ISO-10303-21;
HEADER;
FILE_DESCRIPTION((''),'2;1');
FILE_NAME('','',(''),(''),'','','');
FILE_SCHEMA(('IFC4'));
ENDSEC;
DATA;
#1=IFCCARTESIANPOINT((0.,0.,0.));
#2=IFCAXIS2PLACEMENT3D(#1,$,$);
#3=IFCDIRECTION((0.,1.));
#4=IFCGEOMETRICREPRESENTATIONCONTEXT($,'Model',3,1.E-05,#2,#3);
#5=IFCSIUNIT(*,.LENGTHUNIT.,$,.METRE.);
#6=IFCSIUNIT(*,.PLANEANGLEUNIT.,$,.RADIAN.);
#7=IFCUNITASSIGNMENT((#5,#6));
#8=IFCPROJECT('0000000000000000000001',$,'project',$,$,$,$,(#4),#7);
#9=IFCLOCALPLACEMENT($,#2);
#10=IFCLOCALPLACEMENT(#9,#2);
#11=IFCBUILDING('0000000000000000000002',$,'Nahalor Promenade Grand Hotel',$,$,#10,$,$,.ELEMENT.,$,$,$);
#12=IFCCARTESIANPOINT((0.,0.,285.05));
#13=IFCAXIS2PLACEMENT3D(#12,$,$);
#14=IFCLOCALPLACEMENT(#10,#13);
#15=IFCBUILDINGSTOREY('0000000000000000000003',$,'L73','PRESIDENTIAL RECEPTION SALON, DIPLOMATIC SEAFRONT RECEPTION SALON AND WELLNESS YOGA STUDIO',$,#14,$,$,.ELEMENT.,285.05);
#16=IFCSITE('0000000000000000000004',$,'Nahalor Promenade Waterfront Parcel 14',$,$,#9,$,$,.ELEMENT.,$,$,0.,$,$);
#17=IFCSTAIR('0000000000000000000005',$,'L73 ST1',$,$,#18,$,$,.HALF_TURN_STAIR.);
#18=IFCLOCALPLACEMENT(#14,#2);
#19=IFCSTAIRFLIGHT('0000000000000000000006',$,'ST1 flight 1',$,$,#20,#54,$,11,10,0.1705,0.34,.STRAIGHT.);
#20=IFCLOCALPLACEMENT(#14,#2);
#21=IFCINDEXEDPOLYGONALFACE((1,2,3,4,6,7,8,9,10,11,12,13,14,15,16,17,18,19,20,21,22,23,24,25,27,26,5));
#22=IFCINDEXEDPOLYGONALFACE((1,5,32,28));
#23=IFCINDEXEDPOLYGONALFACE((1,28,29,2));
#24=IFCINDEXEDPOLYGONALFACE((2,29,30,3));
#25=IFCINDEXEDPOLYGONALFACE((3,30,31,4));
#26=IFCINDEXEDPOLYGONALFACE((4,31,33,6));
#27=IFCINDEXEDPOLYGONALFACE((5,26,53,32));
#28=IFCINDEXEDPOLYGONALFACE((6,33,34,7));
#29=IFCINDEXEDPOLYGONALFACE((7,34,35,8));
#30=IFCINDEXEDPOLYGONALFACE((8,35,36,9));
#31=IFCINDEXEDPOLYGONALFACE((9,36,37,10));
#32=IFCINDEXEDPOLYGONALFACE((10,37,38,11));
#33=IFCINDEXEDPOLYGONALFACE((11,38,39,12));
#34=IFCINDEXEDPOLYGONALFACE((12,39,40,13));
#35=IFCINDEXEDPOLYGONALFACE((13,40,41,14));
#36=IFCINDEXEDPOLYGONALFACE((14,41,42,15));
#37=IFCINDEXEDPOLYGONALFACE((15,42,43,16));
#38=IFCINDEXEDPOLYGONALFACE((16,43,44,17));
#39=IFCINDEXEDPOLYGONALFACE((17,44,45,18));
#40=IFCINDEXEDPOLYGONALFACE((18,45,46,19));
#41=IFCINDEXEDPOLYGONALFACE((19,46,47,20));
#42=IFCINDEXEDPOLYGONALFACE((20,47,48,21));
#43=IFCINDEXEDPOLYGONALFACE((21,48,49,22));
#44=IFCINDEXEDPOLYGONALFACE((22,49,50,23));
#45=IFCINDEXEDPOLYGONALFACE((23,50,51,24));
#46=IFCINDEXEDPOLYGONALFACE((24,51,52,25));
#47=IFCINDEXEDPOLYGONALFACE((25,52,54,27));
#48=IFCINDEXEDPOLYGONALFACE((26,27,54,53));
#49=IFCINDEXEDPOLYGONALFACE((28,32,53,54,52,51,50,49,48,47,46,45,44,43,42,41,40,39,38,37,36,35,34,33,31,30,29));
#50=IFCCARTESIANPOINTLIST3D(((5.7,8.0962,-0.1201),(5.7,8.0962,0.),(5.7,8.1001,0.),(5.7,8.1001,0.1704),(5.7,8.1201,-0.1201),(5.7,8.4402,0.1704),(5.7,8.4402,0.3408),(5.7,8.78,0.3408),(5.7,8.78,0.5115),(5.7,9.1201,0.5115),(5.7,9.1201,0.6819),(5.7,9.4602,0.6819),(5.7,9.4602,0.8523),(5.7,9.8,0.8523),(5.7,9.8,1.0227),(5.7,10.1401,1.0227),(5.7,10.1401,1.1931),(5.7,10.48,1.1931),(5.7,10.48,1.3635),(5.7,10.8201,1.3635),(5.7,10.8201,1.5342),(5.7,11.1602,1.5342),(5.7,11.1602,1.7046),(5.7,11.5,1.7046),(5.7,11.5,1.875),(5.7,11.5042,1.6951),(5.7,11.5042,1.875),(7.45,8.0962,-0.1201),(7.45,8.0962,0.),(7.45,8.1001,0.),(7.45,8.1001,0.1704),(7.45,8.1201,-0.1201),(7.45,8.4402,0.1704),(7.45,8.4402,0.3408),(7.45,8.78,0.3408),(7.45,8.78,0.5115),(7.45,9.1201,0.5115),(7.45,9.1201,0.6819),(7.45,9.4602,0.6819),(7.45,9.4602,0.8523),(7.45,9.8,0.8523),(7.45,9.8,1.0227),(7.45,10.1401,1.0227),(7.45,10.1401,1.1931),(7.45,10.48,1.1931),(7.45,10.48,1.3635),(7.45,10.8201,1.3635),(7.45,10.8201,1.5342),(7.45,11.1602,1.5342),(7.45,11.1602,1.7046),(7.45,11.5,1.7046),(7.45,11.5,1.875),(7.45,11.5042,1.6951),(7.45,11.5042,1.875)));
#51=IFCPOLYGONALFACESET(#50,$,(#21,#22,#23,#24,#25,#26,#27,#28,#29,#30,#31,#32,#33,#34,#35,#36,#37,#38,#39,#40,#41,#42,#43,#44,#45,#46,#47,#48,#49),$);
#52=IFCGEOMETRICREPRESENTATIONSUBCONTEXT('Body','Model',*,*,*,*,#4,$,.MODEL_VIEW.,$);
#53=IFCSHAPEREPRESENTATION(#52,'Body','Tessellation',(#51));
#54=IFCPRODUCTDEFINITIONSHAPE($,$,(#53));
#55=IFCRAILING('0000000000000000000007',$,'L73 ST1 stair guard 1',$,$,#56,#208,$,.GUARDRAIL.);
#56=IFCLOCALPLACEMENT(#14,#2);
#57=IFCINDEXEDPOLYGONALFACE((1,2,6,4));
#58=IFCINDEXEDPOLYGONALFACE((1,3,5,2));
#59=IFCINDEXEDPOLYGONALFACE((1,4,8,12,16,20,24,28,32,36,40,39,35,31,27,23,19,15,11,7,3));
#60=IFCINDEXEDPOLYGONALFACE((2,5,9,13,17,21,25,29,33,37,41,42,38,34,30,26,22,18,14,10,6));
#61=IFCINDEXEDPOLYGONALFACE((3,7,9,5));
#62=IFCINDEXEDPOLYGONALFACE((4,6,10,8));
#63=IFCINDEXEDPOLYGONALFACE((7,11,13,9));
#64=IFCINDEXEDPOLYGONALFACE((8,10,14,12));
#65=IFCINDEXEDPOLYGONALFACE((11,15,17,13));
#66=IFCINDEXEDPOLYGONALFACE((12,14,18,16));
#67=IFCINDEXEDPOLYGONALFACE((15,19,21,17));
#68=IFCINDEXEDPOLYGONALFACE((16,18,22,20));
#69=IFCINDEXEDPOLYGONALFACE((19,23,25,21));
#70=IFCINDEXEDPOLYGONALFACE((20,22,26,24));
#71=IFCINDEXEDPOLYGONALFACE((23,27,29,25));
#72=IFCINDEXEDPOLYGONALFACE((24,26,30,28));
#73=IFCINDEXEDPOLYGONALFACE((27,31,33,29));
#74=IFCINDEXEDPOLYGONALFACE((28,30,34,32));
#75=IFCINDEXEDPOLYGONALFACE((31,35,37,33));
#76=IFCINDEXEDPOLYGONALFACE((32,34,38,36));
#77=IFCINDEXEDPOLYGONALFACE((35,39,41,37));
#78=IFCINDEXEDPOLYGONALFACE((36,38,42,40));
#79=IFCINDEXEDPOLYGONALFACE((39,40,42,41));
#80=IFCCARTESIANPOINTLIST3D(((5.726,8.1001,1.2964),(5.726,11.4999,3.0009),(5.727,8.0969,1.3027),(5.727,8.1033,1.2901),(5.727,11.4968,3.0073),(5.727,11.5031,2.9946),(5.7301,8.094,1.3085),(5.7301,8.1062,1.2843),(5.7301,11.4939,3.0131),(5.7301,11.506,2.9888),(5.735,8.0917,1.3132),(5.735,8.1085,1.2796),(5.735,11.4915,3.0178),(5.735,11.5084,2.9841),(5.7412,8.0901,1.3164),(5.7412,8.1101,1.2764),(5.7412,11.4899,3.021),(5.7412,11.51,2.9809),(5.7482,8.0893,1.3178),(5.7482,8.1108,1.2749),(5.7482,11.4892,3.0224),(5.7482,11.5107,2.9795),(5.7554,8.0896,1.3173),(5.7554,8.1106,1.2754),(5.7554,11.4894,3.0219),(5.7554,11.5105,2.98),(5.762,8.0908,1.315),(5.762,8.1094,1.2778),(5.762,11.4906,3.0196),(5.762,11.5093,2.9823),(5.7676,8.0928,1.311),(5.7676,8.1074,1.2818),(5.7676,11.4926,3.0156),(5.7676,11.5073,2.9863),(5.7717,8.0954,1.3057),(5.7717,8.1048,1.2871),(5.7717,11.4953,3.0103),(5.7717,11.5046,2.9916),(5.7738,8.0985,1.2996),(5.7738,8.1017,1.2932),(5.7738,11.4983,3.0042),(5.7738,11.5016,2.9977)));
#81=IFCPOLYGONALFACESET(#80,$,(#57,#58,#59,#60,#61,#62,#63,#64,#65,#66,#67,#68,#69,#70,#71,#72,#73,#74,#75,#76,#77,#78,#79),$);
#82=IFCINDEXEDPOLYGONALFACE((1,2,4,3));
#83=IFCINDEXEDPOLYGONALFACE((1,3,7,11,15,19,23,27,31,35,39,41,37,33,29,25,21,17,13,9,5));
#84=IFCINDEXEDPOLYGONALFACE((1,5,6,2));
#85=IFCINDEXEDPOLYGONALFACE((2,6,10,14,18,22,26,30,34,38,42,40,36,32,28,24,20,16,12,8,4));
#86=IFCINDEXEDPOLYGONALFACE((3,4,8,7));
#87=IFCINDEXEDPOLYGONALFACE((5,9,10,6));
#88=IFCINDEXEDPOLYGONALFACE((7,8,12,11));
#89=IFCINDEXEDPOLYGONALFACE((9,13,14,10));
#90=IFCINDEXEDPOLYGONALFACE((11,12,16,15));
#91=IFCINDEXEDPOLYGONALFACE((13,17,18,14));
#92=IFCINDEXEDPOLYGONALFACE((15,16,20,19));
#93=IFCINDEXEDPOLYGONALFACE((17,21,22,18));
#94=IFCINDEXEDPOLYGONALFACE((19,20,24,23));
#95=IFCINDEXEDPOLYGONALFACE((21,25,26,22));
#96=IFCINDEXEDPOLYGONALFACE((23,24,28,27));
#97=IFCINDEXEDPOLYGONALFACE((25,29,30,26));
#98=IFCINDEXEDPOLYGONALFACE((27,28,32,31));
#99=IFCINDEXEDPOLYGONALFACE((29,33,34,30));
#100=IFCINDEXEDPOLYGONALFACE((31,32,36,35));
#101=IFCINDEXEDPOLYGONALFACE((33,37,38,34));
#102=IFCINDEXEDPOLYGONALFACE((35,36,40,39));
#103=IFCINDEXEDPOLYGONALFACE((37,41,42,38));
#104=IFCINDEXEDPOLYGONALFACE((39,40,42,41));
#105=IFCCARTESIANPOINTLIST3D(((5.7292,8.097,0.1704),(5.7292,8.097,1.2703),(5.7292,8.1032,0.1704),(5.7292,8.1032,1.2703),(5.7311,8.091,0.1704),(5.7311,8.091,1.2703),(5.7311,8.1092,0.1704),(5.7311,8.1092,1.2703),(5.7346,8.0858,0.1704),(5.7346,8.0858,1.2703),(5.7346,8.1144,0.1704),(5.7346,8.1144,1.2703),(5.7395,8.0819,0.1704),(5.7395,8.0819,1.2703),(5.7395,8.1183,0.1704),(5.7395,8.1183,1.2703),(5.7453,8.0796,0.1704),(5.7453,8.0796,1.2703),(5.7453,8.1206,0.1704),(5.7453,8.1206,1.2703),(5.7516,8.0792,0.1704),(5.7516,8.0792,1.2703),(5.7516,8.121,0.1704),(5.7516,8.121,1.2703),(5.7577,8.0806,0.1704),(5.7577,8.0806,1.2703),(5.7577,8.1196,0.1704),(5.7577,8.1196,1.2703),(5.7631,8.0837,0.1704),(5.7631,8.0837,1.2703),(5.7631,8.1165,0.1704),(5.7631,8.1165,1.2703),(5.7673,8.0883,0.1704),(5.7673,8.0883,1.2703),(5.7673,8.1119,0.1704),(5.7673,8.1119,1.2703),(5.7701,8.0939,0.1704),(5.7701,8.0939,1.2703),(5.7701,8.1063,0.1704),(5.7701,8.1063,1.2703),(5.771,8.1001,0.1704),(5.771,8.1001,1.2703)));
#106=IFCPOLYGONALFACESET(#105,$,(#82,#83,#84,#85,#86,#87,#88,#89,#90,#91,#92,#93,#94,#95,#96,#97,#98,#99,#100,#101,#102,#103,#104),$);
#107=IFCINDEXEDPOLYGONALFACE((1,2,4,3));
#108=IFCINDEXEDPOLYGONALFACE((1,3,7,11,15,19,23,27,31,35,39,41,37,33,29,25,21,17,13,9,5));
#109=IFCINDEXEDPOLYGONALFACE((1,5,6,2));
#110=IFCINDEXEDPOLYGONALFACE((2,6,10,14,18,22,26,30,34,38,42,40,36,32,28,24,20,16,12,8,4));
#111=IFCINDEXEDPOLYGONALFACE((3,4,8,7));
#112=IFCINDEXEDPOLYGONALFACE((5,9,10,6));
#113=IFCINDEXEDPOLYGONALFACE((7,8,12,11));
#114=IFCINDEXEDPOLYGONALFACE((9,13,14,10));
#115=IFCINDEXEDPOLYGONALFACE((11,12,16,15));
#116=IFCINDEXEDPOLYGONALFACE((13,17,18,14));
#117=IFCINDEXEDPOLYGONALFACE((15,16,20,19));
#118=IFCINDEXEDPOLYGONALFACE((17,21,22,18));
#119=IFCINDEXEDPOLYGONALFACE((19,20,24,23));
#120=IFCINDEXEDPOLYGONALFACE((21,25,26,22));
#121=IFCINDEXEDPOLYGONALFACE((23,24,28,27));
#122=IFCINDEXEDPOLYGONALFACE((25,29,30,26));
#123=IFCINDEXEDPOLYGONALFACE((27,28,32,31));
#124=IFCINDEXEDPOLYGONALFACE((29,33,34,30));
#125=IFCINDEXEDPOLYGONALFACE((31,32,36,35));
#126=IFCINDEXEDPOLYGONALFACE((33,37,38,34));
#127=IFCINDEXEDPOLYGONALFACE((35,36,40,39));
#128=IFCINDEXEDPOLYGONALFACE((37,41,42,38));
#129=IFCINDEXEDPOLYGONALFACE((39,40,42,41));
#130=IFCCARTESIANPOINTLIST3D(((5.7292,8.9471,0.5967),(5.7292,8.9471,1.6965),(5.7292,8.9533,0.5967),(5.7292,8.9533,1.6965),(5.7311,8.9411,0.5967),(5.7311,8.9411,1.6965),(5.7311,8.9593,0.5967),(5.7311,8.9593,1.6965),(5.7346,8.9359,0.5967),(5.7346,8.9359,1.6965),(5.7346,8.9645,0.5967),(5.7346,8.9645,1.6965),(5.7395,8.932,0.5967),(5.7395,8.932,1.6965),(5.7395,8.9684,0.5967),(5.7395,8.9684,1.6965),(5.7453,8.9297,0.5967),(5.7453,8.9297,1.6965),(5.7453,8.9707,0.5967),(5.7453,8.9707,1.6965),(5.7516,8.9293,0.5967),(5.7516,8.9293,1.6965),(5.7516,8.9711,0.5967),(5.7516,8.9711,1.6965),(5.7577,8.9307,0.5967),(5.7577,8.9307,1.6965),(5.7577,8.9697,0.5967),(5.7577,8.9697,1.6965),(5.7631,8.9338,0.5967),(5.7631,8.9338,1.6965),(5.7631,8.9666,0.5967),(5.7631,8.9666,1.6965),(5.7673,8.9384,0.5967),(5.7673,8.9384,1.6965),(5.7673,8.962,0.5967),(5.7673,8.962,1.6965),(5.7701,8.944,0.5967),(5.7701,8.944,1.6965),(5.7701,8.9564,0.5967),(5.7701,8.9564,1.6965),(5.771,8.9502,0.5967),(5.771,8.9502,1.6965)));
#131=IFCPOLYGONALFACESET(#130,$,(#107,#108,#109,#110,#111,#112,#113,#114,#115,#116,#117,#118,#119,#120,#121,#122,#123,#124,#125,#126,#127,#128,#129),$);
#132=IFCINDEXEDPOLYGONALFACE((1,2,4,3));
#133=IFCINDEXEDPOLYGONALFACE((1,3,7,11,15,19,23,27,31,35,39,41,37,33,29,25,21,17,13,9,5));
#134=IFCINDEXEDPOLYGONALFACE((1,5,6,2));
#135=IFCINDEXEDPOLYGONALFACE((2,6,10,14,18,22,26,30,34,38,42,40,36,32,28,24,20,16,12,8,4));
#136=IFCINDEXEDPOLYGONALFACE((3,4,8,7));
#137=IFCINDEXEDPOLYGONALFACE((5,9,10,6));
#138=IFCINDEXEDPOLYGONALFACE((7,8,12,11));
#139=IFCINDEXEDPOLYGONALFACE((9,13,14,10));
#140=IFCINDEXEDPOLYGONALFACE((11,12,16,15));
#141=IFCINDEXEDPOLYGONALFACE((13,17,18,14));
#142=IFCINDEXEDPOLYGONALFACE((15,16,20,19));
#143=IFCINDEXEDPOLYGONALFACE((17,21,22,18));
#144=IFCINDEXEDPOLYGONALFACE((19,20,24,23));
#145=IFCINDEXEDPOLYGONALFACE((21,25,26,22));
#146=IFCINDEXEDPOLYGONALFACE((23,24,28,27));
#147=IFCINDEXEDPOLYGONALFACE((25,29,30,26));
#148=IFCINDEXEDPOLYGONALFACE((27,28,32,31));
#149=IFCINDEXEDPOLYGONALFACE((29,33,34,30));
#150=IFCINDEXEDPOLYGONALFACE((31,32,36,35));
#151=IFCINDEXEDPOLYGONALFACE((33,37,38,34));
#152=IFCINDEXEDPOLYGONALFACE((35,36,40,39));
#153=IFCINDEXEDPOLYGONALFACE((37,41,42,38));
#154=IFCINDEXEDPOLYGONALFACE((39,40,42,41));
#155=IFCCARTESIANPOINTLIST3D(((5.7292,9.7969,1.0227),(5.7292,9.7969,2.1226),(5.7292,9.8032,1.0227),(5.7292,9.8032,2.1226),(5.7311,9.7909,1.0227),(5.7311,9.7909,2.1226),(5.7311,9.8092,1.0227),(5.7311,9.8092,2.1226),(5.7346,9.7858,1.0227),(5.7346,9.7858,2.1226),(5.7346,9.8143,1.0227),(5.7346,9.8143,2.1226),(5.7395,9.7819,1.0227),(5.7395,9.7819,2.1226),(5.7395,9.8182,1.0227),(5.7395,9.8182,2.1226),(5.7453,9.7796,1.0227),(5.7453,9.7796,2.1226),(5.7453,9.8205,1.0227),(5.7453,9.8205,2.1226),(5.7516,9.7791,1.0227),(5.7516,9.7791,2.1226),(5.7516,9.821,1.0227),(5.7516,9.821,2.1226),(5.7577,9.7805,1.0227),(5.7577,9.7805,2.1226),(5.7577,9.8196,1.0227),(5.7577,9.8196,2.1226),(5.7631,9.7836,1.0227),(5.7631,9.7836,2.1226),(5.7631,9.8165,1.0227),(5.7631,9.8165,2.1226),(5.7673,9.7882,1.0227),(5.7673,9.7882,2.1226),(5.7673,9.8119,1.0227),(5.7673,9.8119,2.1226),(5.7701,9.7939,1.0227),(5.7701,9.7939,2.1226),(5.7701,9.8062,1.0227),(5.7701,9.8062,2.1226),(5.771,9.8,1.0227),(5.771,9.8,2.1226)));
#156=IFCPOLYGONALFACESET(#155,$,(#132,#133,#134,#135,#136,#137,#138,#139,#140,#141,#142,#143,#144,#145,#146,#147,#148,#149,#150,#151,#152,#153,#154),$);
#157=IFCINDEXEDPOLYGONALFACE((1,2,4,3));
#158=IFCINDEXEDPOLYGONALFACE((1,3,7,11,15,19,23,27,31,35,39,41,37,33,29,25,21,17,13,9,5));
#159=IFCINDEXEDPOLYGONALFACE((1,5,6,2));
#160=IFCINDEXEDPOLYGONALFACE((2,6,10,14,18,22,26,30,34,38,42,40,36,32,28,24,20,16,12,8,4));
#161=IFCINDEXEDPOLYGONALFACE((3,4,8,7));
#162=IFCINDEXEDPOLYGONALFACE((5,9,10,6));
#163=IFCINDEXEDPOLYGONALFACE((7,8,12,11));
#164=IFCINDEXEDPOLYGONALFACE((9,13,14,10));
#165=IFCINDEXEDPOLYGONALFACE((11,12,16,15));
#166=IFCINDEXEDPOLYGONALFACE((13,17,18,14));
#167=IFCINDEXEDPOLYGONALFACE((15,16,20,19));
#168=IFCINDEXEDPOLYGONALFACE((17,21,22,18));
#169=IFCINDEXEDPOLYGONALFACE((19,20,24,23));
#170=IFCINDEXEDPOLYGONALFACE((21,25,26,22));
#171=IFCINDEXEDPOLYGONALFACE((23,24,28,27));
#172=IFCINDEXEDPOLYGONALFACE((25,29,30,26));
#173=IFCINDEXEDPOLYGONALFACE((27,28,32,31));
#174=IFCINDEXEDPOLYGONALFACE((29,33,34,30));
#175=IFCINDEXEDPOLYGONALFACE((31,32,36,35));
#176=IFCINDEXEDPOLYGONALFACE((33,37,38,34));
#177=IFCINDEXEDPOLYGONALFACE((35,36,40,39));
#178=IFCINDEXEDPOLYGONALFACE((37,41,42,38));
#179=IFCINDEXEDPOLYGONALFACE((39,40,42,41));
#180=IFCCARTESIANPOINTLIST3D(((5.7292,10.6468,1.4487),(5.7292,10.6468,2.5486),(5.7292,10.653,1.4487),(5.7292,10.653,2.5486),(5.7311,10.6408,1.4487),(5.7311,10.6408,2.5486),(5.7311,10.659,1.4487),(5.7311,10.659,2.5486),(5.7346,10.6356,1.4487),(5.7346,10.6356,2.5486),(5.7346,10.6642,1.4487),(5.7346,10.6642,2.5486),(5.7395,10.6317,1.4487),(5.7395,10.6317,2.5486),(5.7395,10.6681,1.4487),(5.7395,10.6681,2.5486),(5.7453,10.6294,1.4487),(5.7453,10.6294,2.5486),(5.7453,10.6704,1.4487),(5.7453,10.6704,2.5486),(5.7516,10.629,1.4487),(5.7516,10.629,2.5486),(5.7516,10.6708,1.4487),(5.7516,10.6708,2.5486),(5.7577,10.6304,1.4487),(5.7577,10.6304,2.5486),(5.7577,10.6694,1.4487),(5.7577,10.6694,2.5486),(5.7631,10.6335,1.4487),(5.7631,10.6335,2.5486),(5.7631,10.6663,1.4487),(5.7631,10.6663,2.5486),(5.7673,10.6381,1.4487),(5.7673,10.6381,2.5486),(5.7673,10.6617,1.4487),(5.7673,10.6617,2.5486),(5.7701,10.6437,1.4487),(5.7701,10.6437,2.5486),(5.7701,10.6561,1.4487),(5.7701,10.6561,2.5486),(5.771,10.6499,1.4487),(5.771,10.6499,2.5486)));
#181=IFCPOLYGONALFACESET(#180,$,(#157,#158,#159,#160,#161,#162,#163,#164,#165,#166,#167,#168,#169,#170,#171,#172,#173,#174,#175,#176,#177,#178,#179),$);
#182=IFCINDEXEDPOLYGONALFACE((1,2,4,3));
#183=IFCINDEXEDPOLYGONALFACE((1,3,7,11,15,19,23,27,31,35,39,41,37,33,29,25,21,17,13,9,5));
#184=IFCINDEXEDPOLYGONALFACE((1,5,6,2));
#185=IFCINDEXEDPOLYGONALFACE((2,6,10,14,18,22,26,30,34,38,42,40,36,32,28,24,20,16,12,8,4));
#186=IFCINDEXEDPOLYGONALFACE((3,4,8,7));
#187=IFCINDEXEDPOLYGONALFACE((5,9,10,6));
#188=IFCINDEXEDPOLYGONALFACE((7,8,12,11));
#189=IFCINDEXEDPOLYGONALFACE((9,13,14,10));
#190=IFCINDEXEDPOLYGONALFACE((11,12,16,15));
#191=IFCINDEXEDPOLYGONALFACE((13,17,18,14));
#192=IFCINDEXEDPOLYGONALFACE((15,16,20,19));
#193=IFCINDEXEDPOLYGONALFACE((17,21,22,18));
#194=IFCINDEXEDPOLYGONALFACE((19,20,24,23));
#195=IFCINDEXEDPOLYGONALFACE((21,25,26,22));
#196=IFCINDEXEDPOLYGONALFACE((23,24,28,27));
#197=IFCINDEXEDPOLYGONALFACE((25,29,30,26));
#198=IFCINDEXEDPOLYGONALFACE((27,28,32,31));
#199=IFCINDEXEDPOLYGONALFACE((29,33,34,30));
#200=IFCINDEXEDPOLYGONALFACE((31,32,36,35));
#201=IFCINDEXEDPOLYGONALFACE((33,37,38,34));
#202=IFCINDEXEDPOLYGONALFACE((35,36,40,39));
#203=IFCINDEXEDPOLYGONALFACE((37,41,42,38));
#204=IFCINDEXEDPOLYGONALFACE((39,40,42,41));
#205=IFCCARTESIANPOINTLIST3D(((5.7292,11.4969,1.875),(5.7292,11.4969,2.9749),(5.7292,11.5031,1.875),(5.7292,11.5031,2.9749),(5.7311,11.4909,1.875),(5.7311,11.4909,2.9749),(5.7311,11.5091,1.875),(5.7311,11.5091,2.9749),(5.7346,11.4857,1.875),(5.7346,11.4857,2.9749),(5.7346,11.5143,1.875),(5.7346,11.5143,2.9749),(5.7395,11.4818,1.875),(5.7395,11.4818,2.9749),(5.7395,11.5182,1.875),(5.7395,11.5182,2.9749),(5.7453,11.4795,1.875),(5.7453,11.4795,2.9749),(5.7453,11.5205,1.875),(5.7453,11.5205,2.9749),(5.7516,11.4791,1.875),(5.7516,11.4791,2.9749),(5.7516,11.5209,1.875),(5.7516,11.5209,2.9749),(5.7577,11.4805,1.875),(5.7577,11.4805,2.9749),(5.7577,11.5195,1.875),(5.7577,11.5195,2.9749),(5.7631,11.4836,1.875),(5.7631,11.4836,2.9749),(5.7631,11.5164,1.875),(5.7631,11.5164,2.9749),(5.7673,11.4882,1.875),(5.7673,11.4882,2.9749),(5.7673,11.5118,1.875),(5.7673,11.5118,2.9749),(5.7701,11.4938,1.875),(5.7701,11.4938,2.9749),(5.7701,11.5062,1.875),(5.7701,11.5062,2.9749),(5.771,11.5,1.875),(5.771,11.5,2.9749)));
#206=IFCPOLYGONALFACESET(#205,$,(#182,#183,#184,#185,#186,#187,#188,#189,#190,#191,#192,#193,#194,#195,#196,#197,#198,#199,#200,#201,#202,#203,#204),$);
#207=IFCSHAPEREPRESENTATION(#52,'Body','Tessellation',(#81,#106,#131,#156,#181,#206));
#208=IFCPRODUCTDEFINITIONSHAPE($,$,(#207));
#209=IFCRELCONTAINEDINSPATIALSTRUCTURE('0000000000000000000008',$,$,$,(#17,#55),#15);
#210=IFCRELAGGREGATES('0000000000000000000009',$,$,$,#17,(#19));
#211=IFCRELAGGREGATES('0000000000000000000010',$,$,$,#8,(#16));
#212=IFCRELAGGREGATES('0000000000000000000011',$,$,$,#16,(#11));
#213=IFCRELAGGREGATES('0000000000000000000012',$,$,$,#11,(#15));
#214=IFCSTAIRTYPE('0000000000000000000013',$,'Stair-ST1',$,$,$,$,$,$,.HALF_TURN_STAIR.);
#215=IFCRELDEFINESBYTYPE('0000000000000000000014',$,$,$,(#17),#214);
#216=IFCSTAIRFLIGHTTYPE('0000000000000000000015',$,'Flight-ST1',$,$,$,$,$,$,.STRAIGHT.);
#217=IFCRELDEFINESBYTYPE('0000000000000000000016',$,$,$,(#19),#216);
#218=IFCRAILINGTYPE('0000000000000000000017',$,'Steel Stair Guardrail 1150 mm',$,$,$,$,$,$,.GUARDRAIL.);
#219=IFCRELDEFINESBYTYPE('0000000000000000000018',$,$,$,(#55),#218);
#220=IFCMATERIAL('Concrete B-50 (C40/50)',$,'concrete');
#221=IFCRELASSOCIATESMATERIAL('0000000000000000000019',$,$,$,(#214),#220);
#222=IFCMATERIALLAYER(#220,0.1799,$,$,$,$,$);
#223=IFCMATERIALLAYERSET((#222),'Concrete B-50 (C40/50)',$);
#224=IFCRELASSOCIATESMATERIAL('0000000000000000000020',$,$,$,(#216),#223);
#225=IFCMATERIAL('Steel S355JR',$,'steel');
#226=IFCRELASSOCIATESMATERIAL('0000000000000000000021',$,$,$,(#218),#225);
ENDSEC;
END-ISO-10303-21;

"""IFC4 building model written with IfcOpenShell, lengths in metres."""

from ifc_helpers import new_model, si_unit, direction, frame, origin, origin_2d, place, context, subcontext, project, spatial, polyline, circle, outline, extrude, source, transform, mapped, material, layer, layer_set, type_object, element, aggregate, save


model = new_model("IFC4")

# Units and contexts
model_context = context("Model", 3, precision=1e-05, world=origin(), true_north=direction((0.0, 1.0)))
body_context = subcontext(model_context, "Body", "Model", "MODEL_VIEW")
ifc_project = project(units=[si_unit("LENGTHUNIT", "METRE"), si_unit("PLANEANGLEUNIT", "RADIAN")], contexts=[model_context])

# Site, building, storey
site_placement = place(None, origin())
site = spatial("IfcSite", under=ifc_project, at=site_placement, Name="Nahalor Promenade Waterfront Parcel 14", CompositionType="ELEMENT", RefElevation=0.0)
building_placement = place(site_placement, origin())
building = spatial("IfcBuilding", under=site, at=building_placement, Name="Nahalor Promenade Grand Hotel", CompositionType="ELEMENT")
storey_placement = place(building_placement, frame((0.0, 0.0, 285.05)))
storey = spatial("IfcBuildingStorey", under=building, at=storey_placement, Name="L73", Description="PRESIDENTIAL RECEPTION SALON, DIPLOMATIC SEAFRONT RECEPTION SALON AND WELLNESS YOGA STUDIO", CompositionType="ELEMENT", Elevation=285.05)

# Shared definitions
ifc_material_1 = material(Name="Steel S355JR", Category="steel")

# Shared definitions
ifc_material_2 = material(Name="Concrete B-50 (C40/50)", Category="concrete")

# Stair, stair flight
stair_type = type_object("IfcStairType", Name="Stair-ST1", PredefinedType="HALF_TURN_STAIR", material=ifc_material_2)
stair_placement = place(storey_placement, origin())
stair = element("IfcStair", 1, at=stair_placement, inside=storey, type_object=stair_type, Name="L73 ST1", PredefinedType="HALF_TURN_STAIR")
ifc_layer_1 = layer(ifc_material_2, 0.1799)
ifc_layer_set_1 = layer_set([ifc_layer_1], Name="Concrete B-50 (C40/50)")
stair_flight_type = type_object("IfcStairFlightType", Name="Flight-ST1", PredefinedType="STRAIGHT", material=ifc_layer_set_1)
shared_shape_1 = source(origin(), body_context, "Body", "SweptSolid", [
    extrude(outline(polyline([(-0.0039, -0.1201), (-0.0039, 0.0), (0.0, 0.0), (0.0, 0.1704), (0.3401, 0.1704), (0.3401, 0.3408), (0.6799, 0.3408), (0.6799, 0.5115), (1.02, 0.5115), (1.02, 0.6819), (1.3601, 0.6819), (1.3601, 0.8523), (1.7, 0.8523), (1.7, 1.0227), (2.04, 1.0227), (2.04, 1.1931), (2.3799, 1.1931), (2.3799, 1.3635), (2.72, 1.3635), (2.72, 1.5342), (3.0601, 1.5342), (3.0601, 1.7046), (3.3999, 1.7046), (3.3999, 1.875), (3.4041, 1.875), (3.4041, 1.6951), (0.02, -0.1201), (-0.0039, -0.1201)])), frame((0.0, 0.875, 0.0), z_axis=(0.0, -1.0, 0.0), x_axis=(1.0, 0.0, 0.0)), (0.0, 0.0, 1.0), 1.75),
])
stair_flight_placement = place(storey_placement, frame((6.575, 8.1001, 0.0), z_axis=(0.0, 0.0, 1.0), x_axis=(0.0, 1.0, 0.0)))
stair_flight = element("IfcStairFlight", 2, at=stair_flight_placement, type_object=stair_flight_type, Name="ST1 flight 1", NumberOfRisers=11, NumberOfTreads=10, PredefinedType="STRAIGHT", RiserHeight=0.1705, TreadLength=0.34, context=body_context, shape_type="MappedRepresentation", body=[
    mapped(shared_shape_1, transform((0.0, 0.0, 0.0), scale=1.0)),
])
aggregate(stair, [stair_flight])

# Railing
railing_type_1 = type_object("IfcRailingType", Name="Steel Stair Guardrail 1150 mm", PredefinedType="GUARDRAIL", material=ifc_material_1)
railing_1_placement = place(storey_placement, frame((5.75, 8.1001, 0.1704)))
element("IfcRailing", 3, at=railing_1_placement, inside=storey, type_object=railing_type_1, Name="L73 ST1 stair guard 1", PredefinedType="GUARDRAIL", context=body_context, shape_type="SweptSolid", body=[
    extrude(circle(Radius=0.024, at=origin_2d()), frame((0.0, 0.0, 1.126), z_axis=(0.0, 0.893939, 0.448189), x_axis=(-1.0, 0.0, 0.0)), (0.0, 0.0, 1.0), 3.8032),
    extrude(circle(Radius=0.021, at=origin_2d()), origin(), (0.0, 0.0, 1.0), 1.0999),
    extrude(circle(Radius=0.021, at=origin_2d()), frame((0.0, 0.8501, 0.4263)), (0.0, 0.0, 1.0), 1.0999),
    extrude(circle(Radius=0.021, at=origin_2d()), frame((0.0, 1.7, 0.8523)), (0.0, 0.0, 1.0), 1.0999),
    extrude(circle(Radius=0.021, at=origin_2d()), frame((0.0, 2.5498, 1.2783)), (0.0, 0.0, 1.0), 1.0999),
    extrude(circle(Radius=0.021, at=origin_2d()), frame((0.0, 3.3999, 1.7046)), (0.0, 0.0, 1.0), 1.0999),
])

save(model, "model.ifc")
